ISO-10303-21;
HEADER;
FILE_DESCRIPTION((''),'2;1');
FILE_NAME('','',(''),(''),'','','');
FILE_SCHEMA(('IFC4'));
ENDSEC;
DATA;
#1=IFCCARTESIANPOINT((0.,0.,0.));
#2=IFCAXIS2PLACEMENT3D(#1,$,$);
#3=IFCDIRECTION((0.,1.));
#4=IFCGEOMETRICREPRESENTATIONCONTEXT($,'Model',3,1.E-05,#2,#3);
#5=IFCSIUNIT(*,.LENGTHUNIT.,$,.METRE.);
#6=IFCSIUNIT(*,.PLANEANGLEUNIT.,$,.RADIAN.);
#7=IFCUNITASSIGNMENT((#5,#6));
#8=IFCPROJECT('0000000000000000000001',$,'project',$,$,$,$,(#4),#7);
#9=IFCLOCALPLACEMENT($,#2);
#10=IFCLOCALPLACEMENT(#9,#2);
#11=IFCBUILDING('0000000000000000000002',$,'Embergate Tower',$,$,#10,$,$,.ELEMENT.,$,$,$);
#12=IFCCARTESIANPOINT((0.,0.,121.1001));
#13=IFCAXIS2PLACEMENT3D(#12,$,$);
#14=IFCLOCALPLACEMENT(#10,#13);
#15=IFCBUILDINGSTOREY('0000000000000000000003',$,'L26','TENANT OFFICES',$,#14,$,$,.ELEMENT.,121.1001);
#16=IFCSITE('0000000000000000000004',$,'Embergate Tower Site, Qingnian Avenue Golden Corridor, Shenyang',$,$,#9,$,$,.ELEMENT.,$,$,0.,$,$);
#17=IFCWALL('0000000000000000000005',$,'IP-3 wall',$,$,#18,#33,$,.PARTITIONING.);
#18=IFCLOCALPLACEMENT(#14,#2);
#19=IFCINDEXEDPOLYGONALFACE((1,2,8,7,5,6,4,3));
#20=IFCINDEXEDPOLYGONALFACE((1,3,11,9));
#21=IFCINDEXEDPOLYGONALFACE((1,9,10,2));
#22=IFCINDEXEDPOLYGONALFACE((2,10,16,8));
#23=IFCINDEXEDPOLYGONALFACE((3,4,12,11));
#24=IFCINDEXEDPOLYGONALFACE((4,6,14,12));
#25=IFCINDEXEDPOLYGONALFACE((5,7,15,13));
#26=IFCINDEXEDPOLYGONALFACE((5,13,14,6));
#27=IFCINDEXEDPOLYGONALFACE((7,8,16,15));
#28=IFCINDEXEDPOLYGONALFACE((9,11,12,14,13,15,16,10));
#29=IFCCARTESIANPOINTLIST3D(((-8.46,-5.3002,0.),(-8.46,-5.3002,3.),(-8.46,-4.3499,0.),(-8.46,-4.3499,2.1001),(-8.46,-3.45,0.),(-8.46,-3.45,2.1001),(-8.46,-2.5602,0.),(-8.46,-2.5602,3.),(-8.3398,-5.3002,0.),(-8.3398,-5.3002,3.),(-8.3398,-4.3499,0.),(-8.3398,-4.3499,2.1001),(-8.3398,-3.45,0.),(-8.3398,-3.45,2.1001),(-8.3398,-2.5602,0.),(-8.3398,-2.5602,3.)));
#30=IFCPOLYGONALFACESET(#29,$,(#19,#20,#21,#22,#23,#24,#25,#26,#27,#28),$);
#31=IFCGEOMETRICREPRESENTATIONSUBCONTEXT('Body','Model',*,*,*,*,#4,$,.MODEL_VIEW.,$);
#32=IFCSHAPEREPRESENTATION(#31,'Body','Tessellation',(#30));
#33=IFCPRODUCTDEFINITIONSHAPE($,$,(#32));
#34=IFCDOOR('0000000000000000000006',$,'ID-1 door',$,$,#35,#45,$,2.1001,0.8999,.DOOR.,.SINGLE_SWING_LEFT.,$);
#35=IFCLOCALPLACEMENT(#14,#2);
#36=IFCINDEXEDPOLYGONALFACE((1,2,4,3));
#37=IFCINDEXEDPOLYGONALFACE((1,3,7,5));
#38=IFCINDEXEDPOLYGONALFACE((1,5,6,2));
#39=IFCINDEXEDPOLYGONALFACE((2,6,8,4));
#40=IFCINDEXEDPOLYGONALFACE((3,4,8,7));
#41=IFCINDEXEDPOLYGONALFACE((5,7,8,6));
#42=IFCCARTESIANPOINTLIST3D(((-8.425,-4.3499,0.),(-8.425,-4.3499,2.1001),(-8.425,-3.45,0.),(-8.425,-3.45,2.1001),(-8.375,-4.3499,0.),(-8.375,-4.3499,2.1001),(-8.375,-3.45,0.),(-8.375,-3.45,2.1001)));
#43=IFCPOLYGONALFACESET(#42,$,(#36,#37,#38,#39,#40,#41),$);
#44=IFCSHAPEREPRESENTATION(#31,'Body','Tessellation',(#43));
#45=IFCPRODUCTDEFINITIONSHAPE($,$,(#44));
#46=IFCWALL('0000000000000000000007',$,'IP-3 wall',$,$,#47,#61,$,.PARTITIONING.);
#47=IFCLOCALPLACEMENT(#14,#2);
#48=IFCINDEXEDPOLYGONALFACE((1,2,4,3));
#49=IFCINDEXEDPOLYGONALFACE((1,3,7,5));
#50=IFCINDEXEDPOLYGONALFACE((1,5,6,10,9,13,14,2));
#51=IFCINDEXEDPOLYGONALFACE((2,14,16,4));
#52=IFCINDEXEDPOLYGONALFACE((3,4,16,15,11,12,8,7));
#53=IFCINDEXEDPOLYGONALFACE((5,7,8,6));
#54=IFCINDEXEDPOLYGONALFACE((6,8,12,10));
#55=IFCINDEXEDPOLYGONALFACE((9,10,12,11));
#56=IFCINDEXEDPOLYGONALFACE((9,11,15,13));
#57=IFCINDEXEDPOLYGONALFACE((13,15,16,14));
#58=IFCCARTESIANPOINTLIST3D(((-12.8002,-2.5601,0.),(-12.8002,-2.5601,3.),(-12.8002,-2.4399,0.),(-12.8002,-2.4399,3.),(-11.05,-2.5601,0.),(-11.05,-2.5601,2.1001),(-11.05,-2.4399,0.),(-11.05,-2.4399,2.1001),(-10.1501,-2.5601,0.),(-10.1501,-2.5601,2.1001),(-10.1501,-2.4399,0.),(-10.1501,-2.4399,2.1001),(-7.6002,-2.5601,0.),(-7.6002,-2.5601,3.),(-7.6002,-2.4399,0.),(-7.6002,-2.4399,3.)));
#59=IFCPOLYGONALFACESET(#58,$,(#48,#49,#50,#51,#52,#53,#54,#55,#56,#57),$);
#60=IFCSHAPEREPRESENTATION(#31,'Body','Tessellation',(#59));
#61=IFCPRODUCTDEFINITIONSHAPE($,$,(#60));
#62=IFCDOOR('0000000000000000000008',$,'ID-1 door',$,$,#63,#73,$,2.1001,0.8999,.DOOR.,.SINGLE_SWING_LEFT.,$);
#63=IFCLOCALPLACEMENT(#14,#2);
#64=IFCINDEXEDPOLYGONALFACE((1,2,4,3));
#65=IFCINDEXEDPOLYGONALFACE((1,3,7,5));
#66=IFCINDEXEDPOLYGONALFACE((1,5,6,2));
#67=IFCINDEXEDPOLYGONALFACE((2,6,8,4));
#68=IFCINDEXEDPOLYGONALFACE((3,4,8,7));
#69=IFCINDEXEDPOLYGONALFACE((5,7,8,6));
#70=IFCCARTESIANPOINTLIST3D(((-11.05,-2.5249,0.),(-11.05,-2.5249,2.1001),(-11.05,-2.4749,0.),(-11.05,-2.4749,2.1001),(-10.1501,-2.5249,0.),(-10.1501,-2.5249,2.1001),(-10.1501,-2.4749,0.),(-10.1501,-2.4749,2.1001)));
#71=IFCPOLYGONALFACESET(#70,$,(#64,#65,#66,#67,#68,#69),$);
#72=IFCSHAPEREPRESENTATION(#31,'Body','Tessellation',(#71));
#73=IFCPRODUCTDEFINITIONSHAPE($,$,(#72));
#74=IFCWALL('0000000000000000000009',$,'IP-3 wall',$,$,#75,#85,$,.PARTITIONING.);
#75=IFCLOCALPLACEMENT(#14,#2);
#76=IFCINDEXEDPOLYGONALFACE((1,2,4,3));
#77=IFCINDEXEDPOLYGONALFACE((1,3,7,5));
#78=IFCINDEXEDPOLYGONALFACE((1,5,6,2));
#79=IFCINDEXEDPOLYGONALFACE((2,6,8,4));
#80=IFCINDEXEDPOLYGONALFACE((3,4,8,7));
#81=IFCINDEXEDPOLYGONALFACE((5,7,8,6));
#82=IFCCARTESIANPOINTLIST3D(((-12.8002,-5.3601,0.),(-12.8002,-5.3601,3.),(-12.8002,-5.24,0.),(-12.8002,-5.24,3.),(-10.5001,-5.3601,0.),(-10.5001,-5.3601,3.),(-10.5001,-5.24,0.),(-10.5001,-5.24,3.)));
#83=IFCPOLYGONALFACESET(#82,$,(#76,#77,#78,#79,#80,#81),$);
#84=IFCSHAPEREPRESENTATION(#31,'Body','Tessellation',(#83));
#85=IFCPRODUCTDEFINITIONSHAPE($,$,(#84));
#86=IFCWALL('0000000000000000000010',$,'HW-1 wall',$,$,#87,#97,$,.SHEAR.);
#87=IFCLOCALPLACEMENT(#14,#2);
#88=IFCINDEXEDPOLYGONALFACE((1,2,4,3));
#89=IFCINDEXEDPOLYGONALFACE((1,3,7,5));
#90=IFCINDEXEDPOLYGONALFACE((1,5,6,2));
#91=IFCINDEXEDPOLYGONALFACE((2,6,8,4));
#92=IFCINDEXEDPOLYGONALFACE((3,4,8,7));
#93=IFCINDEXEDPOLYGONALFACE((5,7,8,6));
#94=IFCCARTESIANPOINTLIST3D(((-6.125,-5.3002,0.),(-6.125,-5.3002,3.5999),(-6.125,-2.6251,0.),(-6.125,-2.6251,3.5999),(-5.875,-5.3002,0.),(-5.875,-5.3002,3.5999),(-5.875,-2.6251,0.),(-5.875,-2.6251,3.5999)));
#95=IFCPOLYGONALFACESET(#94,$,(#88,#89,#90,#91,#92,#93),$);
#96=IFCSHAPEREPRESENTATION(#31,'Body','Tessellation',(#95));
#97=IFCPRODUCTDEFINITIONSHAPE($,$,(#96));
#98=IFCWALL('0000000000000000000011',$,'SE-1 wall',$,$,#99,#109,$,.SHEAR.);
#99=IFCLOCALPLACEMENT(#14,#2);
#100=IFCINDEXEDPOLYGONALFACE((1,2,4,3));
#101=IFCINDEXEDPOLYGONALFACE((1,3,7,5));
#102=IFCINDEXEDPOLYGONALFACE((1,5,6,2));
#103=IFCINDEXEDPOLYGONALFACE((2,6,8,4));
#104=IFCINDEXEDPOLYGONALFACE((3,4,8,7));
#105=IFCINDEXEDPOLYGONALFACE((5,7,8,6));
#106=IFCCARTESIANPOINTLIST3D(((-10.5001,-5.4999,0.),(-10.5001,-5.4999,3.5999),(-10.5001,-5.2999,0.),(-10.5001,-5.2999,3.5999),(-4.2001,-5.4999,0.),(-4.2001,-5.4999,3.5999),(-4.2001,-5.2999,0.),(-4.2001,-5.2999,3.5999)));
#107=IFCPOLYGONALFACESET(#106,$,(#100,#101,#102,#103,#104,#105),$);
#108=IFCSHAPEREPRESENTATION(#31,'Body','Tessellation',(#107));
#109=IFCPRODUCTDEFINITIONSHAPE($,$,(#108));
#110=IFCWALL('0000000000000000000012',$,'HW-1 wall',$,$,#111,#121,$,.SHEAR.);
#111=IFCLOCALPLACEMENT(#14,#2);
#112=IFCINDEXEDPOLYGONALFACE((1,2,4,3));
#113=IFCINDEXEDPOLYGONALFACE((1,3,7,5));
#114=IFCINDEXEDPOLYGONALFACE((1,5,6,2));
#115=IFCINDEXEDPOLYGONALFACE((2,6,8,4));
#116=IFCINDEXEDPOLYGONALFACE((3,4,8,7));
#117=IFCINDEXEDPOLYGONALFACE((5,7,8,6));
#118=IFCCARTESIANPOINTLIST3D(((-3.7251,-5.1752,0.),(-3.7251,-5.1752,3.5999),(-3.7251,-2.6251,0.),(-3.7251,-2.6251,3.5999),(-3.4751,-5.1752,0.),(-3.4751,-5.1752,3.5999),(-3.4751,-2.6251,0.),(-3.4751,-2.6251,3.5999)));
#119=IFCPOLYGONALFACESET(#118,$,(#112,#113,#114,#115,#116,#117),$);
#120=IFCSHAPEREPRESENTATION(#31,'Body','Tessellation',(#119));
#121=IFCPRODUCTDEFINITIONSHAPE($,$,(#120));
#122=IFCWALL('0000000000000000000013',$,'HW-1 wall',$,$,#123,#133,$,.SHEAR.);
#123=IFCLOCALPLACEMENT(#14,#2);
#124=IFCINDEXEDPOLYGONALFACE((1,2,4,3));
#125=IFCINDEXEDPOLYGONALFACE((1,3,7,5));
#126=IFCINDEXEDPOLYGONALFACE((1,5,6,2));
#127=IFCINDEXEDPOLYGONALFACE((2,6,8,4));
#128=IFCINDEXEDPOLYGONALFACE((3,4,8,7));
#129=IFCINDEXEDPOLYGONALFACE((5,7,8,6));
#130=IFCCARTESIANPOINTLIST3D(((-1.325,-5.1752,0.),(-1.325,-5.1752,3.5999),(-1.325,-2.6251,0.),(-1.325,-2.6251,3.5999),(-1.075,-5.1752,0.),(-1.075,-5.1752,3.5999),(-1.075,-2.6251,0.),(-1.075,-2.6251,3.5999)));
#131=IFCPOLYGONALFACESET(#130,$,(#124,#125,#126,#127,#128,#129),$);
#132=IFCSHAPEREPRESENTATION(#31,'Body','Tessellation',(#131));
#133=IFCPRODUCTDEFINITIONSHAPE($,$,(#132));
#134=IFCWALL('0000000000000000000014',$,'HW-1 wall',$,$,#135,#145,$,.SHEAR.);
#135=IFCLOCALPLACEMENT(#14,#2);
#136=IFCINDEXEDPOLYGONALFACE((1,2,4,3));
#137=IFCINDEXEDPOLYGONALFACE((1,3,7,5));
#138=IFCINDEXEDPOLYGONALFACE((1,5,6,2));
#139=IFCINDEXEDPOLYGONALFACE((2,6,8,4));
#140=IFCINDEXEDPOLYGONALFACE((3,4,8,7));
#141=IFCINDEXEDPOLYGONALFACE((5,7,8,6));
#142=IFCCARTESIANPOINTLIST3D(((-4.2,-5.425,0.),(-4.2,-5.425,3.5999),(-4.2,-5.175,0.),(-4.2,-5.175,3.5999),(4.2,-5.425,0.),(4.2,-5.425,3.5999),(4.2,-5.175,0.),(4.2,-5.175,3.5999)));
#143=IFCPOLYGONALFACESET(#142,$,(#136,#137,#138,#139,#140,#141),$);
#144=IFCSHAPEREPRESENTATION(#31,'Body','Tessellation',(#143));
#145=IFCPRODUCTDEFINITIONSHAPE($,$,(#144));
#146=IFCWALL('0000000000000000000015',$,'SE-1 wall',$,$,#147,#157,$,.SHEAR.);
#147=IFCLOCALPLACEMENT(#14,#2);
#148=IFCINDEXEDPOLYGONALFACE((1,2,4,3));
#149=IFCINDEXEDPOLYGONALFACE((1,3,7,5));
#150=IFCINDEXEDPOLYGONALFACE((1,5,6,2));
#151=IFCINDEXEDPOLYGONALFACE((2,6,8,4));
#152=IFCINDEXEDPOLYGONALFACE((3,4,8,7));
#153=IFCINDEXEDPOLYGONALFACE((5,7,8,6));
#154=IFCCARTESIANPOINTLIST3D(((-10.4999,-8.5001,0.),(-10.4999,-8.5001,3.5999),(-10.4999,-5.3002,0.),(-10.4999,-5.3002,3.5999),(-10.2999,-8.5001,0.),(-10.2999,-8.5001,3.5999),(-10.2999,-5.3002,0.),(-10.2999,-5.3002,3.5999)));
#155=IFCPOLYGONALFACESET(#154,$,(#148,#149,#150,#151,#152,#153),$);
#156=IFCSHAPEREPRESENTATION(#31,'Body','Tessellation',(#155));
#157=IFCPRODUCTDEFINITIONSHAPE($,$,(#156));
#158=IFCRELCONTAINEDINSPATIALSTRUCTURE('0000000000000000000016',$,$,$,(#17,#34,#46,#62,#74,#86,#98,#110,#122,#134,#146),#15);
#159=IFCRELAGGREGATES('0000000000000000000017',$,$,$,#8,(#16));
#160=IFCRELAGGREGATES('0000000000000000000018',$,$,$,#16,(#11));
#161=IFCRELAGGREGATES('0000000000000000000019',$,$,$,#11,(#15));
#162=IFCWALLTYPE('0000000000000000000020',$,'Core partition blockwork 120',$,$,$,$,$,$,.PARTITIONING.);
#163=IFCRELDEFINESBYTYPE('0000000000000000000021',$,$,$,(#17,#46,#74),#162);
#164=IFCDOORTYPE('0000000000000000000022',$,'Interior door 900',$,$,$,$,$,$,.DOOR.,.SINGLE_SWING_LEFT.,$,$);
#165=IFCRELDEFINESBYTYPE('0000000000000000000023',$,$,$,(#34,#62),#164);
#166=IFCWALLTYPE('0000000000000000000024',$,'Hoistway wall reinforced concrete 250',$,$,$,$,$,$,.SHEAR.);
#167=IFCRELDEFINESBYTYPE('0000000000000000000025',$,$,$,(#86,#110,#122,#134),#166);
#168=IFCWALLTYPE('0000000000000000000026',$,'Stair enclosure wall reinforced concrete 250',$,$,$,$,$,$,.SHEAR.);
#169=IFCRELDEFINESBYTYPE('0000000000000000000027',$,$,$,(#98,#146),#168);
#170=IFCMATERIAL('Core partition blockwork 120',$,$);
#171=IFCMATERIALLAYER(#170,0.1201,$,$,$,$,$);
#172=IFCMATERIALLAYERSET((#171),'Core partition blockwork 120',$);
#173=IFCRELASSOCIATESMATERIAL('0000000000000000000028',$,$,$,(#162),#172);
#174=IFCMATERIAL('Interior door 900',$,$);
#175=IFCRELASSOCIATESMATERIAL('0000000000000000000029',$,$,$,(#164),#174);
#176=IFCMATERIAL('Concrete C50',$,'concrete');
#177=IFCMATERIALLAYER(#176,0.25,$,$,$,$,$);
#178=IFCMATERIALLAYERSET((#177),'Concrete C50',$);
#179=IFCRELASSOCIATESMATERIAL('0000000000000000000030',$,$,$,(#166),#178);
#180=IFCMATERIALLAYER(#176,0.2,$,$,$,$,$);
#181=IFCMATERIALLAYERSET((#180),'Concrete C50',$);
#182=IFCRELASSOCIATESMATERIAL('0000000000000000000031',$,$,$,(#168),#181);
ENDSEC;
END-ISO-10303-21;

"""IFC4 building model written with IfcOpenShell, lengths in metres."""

from ifc_helpers import new_model, si_unit, direction, frame, frame_2d, origin, place, context, subcontext, project, spatial, rectangle, extrude, source, transform, mapped, material, layer, layer_set, type_object, element, fill, save


model = new_model("IFC4")

# Units and contexts
model_context = context("Model", 3, precision=1e-05, world=origin(), true_north=direction((0.0, 1.0)))
body_context = subcontext(model_context, "Body", "Model", "MODEL_VIEW")
ifc_project = project(units=[si_unit("LENGTHUNIT", "METRE"), si_unit("PLANEANGLEUNIT", "RADIAN")], contexts=[model_context])

# Site, building, storey
site_placement = place(None, origin())
site = spatial("IfcSite", under=ifc_project, at=site_placement, Name="Embergate Tower Site, Qingnian Avenue Golden Corridor, Shenyang", CompositionType="ELEMENT", RefElevation=0.0)
building_placement = place(site_placement, origin())
building = spatial("IfcBuilding", under=site, at=building_placement, Name="Embergate Tower", CompositionType="ELEMENT")
storey_placement = place(building_placement, frame((0.0, 0.0, 121.1001)))
storey = spatial("IfcBuildingStorey", under=building, at=storey_placement, Name="L26", Description="TENANT OFFICES", CompositionType="ELEMENT", Elevation=121.1001)

# Walls, openings, doors
ifc_material_1 = material(Name="Core partition blockwork 120")
ifc_layer_1 = layer(ifc_material_1, 0.1201)
ifc_layer_set_1 = layer_set([ifc_layer_1], Name="Core partition blockwork 120")
wall_type_1 = type_object("IfcWallType", Name="Core partition blockwork 120", PredefinedType="PARTITIONING", material=ifc_layer_set_1)
shared_shape_1 = source(origin(), body_context, "Body", "SweptSolid", [
    extrude(rectangle(XDim=2.74, YDim=0.1201, at=frame_2d((1.3701, 0.0))), origin(), (0.0, 0.0, 1.0), 3.0),
])
wall_1_placement = place(storey_placement, frame((-8.3999, -2.5601, 0.0), z_axis=(0.0, 0.0, 1.0), x_axis=(0.0, -1.0, 0.0)))
wall_1 = element("IfcWall", 1, at=wall_1_placement, inside=storey, type_object=wall_type_1, Name="IP-3 wall", PredefinedType="PARTITIONING", context=body_context, shape_type="MappedRepresentation", body=[
    mapped(shared_shape_1, transform((0.0, 0.0, 0.0))),
])
shared_shape_2 = source(origin(), body_context, "Body", "SweptSolid", [
    extrude(rectangle(XDim=0.8999, YDim=2.1001, at=frame_2d((0.45, 1.05))), frame((0.0, 0.0701, 0.0), z_axis=(0.0, -1.0, 0.0), x_axis=(1.0, 0.0, 0.0)), (0.0, 0.0, 1.0), 0.1401),
])
opening_1_placement = place(wall_1_placement, frame((0.8899, 0.0, 0.0)))
opening_1 = element("IfcOpeningElement", 2, at=opening_1_placement, cuts=wall_1, PredefinedType="OPENING", context=body_context, shape_type="MappedRepresentation", body=[
    mapped(shared_shape_2, transform((0.0, 0.0, 0.0))),
])
ifc_material_2 = material(Name="Interior door 900")
door_type = type_object("IfcDoorType", Name="Interior door 900", OperationType="SINGLE_SWING_LEFT", PredefinedType="DOOR", material=ifc_material_2)
shared_shape_3 = source(origin(), body_context, "Body", "SweptSolid", [
    extrude(rectangle(XDim=0.8999, YDim=2.1001, at=frame_2d((0.45, 1.05))), frame((0.0, 0.0249, 0.0), z_axis=(0.0, -1.0, 0.0), x_axis=(1.0, 0.0, 0.0)), (0.0, 0.0, 1.0), 0.05),
])
door_1_placement = place(opening_1_placement, origin())
door_1 = element("IfcDoor", 3, at=door_1_placement, inside=storey, type_object=door_type, Name="ID-1 door", OperationType="SINGLE_SWING_LEFT", OverallHeight=2.1001, OverallWidth=0.8999, PredefinedType="DOOR", context=body_context, shape_type="MappedRepresentation", body=[
    mapped(shared_shape_3, transform((0.0, 0.0, 0.0))),
])
fill(opening_1, door_1)
shared_shape_4 = source(origin(), body_context, "Body", "SweptSolid", [
    extrude(rectangle(XDim=5.2, YDim=0.1201, at=frame_2d((2.6001, 0.0))), origin(), (0.0, 0.0, 1.0), 3.0),
])
wall_2_placement = place(storey_placement, frame((-7.6001, -2.5, 0.0), z_axis=(0.0, 0.0, 1.0), x_axis=(-1.0, 0.0, 0.0)))
wall_2 = element("IfcWall", 4, at=wall_2_placement, inside=storey, type_object=wall_type_1, Name="IP-3 wall", PredefinedType="PARTITIONING", context=body_context, shape_type="MappedRepresentation", body=[
    mapped(shared_shape_4, transform((0.0, 0.0, 0.0))),
])
opening_2_placement = place(wall_2_placement, frame((2.55, 0.0, 0.0)))
opening_2 = element("IfcOpeningElement", 5, at=opening_2_placement, cuts=wall_2, PredefinedType="OPENING", context=body_context, shape_type="MappedRepresentation", body=[
    mapped(shared_shape_2, transform((0.0, 0.0, 0.0))),
])
door_2_placement = place(opening_2_placement, origin())
door_2 = element("IfcDoor", 6, at=door_2_placement, inside=storey, type_object=door_type, Name="ID-1 door", OperationType="SINGLE_SWING_LEFT", OverallHeight=2.1001, OverallWidth=0.8999, PredefinedType="DOOR", context=body_context, shape_type="MappedRepresentation", body=[
    mapped(shared_shape_3, transform((0.0, 0.0, 0.0))),
])
fill(opening_2, door_2)

# Walls
shared_shape_5 = source(origin(), body_context, "Body", "SweptSolid", [
    extrude(rectangle(XDim=2.3, YDim=0.1201, at=frame_2d((1.1499, 0.0))), origin(), (0.0, 0.0, 1.0), 3.0),
])
wall_3_placement = place(storey_placement, frame((-12.8, -5.3, 0.0), z_axis=(0.0, 0.0, 1.0), x_axis=(1.0, 0.0, 0.0)))
element("IfcWall", 7, at=wall_3_placement, inside=storey, type_object=wall_type_1, Name="IP-3 wall", PredefinedType="PARTITIONING", context=body_context, shape_type="MappedRepresentation", body=[
    mapped(shared_shape_5, transform((0.0, 0.0, 0.0))),
])
ifc_material_3 = material(Name="Concrete C50", Category="concrete")
ifc_layer_2 = layer(ifc_material_3, 0.25)
ifc_layer_set_2 = layer_set([ifc_layer_2], Name="Concrete C50")
wall_type_2 = type_object("IfcWallType", Name="Hoistway wall reinforced concrete 250", PredefinedType="SHEAR", material=ifc_layer_set_2)
shared_shape_6 = source(origin(), body_context, "Body", "SweptSolid", [
    extrude(rectangle(XDim=2.675, YDim=0.25, at=frame_2d((1.3374, 0.0))), origin(), (0.0, 0.0, 1.0), 3.5999),
])
wall_4_placement = place(storey_placement, frame((-6.0, -5.3, 0.0), z_axis=(0.0, 0.0, 1.0), x_axis=(0.0, 1.0, 0.0)))
element("IfcWall", 8, at=wall_4_placement, inside=storey, type_object=wall_type_2, Name="HW-1 wall", PredefinedType="SHEAR", context=body_context, shape_type="MappedRepresentation", body=[
    mapped(shared_shape_6, transform((0.0, 0.0, 0.0))),
])
ifc_layer_3 = layer(ifc_material_3, 0.2)
ifc_layer_set_3 = layer_set([ifc_layer_3], Name="Concrete C50")
wall_type_3 = type_object("IfcWallType", Name="Stair enclosure wall reinforced concrete 250", PredefinedType="SHEAR", material=ifc_layer_set_3)
shared_shape_7 = source(origin(), body_context, "Body", "SweptSolid", [
    extrude(rectangle(XDim=6.3, YDim=0.2, at=frame_2d((3.1499, 0.0))), origin(), (0.0, 0.0, 1.0), 3.5999),
])
wall_5_placement = place(storey_placement, frame((-10.5, -5.3999, 0.0), z_axis=(0.0, 0.0, 1.0), x_axis=(1.0, 0.0, 0.0)))
element("IfcWall", 9, at=wall_5_placement, inside=storey, type_object=wall_type_3, Name="SE-1 wall", PredefinedType="SHEAR", context=body_context, shape_type="MappedRepresentation", body=[
    mapped(shared_shape_7, transform((0.0, 0.0, 0.0))),
])
shared_shape_8 = source(origin(), body_context, "Body", "SweptSolid", [
    extrude(rectangle(XDim=2.55, YDim=0.25, at=frame_2d((1.2749, 0.0))), origin(), (0.0, 0.0, 1.0), 3.5999),
])
for number, where, z_axis, x_axis, name in (
    (10, (-3.6001, -5.175, 0.0), (0.0, 0.0, 1.0), (0.0, 1.0, 0.0), "HW-1 wall"),
    (11, (-1.2, -5.175, 0.0), (0.0, 0.0, 1.0), (0.0, 1.0, 0.0), "HW-1 wall"),
):
    element("IfcWall", number, at=place(storey_placement, frame(where, z_axis=z_axis, x_axis=x_axis)), inside=storey, type_object=wall_type_2, Name=name, PredefinedType="SHEAR", context=body_context, shape_type="MappedRepresentation", body=[
        mapped(shared_shape_8, transform((0.0, 0.0, 0.0))),
    ])
shared_shape_9 = source(origin(), body_context, "Body", "SweptSolid", [
    extrude(rectangle(XDim=8.3999, YDim=0.25, at=frame_2d((4.2, 0.0))), origin(), (0.0, 0.0, 1.0), 3.5999),
])
wall_6_placement = place(storey_placement, frame((-4.2, -5.3, 0.0), z_axis=(0.0, 0.0, 1.0), x_axis=(1.0, 0.0, 0.0)))
element("IfcWall", 12, at=wall_6_placement, inside=storey, type_object=wall_type_2, Name="HW-1 wall", PredefinedType="SHEAR", context=body_context, shape_type="MappedRepresentation", body=[
    mapped(shared_shape_9, transform((0.0, 0.0, 0.0))),
])
shared_shape_10 = source(origin(), body_context, "Body", "SweptSolid", [
    extrude(rectangle(XDim=3.2, YDim=0.2, at=frame_2d((1.6001, 0.0))), origin(), (0.0, 0.0, 1.0), 3.5999),
])
wall_7_placement = place(storey_placement, frame((-10.3999, -5.3, 0.0), z_axis=(0.0, 0.0, 1.0), x_axis=(0.0, -1.0, 0.0)))
element("IfcWall", 13, at=wall_7_placement, inside=storey, type_object=wall_type_3, Name="SE-1 wall", PredefinedType="SHEAR", context=body_context, shape_type="MappedRepresentation", body=[
    mapped(shared_shape_10, transform((0.0, 0.0, 0.0))),
])

save(model, "model.ifc")
